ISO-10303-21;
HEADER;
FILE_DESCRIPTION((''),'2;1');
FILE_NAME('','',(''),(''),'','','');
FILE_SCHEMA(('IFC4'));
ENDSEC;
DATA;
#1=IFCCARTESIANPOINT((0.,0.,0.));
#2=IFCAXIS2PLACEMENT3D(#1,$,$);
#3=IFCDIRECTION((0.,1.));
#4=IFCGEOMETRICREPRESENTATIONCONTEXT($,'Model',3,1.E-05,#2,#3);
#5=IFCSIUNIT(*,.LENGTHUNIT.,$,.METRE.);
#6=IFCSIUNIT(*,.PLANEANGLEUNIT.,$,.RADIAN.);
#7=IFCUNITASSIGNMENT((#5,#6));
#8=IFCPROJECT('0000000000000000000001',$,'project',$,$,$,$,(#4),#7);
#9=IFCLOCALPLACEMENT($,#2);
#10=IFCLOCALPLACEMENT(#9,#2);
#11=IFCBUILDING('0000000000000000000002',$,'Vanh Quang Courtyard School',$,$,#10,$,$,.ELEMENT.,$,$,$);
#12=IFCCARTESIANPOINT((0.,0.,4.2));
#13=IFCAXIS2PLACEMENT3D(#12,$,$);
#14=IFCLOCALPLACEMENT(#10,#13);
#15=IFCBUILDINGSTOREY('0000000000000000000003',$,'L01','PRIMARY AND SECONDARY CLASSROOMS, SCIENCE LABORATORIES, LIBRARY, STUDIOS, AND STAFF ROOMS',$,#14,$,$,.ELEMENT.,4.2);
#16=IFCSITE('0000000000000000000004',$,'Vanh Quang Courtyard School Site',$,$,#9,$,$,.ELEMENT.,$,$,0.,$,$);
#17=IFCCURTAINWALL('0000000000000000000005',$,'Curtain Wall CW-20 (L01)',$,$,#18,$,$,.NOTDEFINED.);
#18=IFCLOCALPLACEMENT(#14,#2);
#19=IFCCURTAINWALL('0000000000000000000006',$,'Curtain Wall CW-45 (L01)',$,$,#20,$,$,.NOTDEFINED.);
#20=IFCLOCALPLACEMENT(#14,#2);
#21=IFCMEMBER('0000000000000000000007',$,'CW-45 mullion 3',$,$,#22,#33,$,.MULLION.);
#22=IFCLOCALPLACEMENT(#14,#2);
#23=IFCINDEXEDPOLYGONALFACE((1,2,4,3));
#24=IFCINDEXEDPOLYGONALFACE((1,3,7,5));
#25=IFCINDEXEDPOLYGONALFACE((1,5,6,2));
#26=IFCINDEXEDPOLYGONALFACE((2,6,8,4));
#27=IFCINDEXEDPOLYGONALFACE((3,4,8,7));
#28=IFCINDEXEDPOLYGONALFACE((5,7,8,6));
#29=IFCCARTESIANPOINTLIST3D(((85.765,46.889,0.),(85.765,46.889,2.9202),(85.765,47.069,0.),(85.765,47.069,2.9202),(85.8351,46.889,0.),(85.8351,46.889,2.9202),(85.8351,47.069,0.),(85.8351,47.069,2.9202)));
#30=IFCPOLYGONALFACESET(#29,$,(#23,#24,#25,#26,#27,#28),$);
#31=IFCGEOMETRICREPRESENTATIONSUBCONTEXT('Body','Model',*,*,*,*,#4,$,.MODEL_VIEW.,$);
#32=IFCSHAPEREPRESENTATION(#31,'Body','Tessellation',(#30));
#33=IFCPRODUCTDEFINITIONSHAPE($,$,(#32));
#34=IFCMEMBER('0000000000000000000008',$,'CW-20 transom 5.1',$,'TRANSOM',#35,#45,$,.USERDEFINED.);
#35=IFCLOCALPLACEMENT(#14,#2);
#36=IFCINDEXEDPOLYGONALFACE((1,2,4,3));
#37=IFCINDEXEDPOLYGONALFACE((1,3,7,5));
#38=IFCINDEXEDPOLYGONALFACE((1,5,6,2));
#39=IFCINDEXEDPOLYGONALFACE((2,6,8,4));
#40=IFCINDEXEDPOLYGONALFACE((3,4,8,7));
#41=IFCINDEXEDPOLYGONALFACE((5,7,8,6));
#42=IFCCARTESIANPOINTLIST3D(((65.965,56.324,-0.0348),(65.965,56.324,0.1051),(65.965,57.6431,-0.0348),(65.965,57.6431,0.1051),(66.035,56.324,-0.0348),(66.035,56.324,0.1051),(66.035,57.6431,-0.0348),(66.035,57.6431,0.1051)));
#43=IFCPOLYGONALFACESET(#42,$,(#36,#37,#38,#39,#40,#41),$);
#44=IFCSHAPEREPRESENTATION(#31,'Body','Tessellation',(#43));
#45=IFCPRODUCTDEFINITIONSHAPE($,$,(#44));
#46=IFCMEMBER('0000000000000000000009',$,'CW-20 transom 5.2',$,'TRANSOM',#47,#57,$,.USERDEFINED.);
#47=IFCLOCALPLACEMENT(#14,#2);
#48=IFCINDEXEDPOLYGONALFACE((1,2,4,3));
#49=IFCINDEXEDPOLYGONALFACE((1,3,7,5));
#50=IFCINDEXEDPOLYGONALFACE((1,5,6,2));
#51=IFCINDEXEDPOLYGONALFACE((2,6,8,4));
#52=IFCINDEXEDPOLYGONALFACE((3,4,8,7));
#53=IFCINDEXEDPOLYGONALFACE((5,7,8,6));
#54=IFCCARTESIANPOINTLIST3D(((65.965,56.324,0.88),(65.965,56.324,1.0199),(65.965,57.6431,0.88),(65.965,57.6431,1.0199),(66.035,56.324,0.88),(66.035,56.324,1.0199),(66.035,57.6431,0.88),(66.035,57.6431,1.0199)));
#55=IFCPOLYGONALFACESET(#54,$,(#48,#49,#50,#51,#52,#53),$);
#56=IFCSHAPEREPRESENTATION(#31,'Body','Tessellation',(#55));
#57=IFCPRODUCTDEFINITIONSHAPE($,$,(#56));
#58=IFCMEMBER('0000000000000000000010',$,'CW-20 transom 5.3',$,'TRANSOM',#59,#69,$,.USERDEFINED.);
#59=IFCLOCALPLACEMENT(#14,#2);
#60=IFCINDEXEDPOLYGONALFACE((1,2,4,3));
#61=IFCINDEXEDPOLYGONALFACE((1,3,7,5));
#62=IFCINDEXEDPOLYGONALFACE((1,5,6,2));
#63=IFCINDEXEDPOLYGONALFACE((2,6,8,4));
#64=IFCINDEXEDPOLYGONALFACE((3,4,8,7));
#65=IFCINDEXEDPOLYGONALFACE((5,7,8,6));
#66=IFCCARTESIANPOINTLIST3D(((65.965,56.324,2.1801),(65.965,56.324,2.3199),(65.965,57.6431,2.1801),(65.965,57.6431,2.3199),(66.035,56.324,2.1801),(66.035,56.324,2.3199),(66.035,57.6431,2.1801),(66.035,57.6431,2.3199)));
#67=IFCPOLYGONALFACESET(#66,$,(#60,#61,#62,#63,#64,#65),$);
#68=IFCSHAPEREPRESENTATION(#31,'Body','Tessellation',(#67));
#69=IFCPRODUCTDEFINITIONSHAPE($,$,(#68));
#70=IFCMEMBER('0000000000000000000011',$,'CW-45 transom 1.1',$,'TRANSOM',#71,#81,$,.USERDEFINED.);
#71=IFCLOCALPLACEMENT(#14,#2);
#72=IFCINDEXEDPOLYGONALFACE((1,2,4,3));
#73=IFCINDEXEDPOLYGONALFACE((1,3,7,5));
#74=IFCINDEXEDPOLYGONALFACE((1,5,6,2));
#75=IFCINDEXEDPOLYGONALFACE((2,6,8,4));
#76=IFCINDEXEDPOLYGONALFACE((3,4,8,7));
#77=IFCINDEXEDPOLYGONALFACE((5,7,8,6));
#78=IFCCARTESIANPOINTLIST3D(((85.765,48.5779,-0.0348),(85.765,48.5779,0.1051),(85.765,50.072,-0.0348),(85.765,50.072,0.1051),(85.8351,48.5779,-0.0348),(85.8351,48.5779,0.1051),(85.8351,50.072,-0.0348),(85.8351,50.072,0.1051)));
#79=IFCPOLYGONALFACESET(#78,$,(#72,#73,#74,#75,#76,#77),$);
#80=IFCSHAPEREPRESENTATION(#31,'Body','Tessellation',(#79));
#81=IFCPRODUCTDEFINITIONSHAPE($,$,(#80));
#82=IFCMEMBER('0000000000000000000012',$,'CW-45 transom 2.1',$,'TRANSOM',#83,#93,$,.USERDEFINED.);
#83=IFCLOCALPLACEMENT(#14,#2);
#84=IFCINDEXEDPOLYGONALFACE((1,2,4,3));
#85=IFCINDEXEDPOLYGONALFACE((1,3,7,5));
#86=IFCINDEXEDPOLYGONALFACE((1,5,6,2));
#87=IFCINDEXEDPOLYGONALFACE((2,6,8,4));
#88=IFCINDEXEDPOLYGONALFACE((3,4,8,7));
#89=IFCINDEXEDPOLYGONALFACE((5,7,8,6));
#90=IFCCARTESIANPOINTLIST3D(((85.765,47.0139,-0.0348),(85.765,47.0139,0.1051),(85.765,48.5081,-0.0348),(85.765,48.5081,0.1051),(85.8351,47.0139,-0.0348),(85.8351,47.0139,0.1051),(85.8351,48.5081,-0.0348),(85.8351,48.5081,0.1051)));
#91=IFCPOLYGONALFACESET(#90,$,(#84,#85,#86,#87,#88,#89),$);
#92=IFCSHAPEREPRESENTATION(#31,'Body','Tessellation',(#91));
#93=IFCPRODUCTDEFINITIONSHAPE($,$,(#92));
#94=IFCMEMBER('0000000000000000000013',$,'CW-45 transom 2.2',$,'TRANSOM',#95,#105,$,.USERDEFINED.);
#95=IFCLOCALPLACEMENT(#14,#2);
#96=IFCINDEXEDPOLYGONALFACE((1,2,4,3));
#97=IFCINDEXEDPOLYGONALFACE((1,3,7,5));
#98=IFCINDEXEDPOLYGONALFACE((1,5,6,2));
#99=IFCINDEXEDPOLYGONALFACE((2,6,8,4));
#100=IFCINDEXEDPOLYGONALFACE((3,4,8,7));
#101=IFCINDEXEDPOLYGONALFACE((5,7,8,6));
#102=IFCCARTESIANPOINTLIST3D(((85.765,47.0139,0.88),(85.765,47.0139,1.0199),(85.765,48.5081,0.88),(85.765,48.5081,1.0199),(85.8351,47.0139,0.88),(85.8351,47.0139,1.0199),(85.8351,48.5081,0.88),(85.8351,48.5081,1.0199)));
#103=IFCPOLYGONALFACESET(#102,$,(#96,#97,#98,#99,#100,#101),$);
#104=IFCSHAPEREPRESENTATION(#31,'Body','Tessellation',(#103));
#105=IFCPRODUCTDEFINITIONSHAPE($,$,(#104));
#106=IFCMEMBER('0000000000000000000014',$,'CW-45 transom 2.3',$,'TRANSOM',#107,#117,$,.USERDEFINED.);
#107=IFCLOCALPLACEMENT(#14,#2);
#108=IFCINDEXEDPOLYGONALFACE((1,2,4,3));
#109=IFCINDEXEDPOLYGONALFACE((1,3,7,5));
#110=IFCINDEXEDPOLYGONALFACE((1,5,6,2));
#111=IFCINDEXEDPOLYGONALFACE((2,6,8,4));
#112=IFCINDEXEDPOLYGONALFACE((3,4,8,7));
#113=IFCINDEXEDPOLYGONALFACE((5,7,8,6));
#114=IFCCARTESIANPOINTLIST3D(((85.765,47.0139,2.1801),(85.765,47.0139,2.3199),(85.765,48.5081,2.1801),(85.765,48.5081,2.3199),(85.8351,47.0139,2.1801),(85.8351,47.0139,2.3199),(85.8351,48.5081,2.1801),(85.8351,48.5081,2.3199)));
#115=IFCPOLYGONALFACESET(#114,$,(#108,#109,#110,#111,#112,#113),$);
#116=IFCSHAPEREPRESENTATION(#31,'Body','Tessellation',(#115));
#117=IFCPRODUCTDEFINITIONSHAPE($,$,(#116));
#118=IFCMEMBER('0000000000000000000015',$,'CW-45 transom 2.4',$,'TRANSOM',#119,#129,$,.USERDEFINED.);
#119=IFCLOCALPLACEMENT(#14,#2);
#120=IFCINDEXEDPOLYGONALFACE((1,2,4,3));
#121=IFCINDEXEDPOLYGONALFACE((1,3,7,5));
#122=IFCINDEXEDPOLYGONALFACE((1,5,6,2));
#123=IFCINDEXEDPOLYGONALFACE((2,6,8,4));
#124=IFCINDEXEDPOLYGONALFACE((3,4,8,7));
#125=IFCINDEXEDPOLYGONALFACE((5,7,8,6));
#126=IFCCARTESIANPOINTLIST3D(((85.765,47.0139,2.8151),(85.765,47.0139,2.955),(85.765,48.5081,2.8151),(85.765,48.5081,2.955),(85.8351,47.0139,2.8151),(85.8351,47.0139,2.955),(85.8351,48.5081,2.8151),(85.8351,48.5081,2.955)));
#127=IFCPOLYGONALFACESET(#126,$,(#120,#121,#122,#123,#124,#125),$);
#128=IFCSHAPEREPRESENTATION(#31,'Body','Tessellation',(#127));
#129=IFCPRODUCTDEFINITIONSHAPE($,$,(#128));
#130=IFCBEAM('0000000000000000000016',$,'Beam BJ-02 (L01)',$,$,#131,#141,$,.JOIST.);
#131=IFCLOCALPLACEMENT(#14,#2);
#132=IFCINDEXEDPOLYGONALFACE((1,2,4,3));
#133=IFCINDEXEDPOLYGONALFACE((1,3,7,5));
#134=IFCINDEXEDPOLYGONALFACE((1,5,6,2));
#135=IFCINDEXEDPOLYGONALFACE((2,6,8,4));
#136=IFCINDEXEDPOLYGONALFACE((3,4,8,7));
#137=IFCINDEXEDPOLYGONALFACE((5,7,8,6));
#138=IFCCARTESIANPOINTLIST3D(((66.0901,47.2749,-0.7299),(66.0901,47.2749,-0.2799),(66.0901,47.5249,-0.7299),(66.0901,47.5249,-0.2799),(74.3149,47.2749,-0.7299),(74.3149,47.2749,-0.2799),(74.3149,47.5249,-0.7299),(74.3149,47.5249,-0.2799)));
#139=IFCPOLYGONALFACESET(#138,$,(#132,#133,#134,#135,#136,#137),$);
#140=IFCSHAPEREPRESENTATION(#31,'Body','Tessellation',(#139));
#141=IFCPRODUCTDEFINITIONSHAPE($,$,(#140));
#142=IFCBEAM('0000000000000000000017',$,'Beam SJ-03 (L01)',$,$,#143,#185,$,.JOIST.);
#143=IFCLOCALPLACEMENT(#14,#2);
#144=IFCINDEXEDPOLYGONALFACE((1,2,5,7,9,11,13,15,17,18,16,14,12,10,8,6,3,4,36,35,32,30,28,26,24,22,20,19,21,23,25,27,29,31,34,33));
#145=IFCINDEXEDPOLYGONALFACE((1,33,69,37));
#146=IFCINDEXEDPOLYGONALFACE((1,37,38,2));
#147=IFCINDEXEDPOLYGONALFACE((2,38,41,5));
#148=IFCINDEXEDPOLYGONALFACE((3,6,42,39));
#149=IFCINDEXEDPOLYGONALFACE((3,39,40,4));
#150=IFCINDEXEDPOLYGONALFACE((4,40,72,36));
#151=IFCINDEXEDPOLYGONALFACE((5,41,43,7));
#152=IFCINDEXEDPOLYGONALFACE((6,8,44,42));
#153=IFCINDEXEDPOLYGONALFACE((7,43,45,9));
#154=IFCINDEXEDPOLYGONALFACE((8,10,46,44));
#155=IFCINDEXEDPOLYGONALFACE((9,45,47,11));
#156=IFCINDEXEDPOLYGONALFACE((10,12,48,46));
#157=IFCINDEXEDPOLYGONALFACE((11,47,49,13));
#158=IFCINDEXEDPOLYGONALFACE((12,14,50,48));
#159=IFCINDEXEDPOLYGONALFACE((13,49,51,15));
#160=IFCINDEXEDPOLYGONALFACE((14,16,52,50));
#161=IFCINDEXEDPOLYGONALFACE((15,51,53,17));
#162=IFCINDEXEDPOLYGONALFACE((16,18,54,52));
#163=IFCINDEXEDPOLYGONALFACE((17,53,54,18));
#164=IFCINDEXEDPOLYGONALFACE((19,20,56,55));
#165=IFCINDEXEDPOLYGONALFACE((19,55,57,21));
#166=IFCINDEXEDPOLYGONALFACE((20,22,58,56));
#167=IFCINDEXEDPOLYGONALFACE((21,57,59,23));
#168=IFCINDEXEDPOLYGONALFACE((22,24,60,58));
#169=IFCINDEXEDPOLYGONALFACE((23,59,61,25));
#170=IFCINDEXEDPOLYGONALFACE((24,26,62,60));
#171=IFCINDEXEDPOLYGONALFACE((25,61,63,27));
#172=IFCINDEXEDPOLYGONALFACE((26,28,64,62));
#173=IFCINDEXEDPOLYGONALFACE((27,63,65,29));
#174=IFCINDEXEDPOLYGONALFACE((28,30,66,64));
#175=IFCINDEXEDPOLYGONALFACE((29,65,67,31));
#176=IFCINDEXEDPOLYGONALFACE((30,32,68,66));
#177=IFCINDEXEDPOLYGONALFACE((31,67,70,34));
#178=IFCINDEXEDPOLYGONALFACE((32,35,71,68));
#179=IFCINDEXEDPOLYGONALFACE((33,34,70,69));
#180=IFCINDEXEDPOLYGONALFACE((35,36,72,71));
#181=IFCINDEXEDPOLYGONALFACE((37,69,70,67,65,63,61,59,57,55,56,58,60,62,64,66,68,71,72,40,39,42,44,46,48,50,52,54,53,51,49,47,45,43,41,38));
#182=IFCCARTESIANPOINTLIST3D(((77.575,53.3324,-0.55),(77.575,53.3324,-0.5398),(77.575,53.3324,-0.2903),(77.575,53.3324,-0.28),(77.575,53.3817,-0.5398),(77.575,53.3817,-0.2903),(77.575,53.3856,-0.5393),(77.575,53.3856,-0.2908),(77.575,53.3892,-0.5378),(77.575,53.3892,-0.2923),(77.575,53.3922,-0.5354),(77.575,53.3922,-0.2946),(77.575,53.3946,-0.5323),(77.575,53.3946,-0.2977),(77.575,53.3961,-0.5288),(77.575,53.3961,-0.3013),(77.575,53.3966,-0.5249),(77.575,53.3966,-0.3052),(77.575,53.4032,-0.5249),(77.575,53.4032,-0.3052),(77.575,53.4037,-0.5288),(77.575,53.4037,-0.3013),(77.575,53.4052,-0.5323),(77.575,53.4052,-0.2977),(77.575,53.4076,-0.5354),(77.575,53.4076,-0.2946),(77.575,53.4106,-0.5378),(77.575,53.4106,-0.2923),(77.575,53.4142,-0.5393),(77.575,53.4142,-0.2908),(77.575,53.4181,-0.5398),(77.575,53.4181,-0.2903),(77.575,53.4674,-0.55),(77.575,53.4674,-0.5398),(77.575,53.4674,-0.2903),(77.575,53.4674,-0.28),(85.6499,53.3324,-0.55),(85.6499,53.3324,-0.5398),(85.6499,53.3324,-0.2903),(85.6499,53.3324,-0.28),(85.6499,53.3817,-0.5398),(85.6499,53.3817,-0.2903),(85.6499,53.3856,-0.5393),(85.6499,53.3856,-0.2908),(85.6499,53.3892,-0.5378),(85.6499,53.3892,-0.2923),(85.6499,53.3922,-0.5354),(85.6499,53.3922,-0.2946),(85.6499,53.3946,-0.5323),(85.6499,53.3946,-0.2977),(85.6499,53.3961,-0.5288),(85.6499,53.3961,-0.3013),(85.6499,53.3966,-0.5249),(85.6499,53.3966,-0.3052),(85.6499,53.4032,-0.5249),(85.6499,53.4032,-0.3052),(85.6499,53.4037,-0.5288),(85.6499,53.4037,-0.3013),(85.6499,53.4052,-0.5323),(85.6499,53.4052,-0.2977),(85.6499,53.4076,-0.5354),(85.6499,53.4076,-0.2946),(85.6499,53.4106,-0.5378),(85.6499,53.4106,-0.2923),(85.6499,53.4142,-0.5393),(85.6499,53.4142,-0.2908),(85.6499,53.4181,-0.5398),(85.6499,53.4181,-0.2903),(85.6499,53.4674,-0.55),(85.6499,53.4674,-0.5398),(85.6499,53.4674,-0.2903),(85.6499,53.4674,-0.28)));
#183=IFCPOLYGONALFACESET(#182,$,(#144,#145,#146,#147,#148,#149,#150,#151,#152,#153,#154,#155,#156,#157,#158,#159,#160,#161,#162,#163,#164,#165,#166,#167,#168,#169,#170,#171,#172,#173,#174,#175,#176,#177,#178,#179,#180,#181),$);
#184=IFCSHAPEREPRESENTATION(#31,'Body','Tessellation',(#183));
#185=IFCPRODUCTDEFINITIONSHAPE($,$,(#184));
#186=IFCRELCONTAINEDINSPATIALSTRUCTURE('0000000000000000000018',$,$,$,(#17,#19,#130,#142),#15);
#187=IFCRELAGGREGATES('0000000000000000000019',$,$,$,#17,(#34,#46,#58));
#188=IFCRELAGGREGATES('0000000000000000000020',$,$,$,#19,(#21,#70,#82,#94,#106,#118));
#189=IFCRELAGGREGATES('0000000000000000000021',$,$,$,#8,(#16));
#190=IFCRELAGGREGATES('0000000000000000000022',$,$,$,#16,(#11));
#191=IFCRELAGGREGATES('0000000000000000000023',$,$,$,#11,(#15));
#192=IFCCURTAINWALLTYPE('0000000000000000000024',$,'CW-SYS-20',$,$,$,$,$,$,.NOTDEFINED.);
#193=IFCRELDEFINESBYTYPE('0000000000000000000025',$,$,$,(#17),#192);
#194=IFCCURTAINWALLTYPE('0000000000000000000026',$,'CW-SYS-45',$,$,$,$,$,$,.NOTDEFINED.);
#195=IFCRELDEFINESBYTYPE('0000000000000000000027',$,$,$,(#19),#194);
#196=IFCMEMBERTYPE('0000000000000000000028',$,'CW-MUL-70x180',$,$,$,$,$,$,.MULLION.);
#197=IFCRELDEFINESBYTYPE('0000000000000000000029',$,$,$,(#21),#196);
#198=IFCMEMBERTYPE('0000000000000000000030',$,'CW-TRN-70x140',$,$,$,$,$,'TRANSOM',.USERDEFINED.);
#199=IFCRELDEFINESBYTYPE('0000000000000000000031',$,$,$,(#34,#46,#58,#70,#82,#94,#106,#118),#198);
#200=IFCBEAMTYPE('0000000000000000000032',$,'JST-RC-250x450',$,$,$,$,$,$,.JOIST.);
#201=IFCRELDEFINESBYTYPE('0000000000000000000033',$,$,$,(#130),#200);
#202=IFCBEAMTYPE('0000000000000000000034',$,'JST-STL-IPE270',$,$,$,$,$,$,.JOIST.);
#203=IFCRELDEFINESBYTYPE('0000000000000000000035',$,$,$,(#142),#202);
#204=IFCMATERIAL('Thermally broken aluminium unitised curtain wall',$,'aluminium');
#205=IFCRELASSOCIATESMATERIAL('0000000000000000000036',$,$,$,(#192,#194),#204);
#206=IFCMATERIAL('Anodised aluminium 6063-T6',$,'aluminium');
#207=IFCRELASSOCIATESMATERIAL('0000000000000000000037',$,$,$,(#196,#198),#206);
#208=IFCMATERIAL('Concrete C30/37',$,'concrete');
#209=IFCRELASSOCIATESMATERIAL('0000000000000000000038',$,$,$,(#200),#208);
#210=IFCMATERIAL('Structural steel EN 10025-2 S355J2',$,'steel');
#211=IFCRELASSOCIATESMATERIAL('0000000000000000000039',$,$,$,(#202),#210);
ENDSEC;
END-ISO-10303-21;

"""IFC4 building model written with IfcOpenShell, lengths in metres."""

from ifc_helpers import new_model, si_unit, direction, frame, origin, origin_2d, place, context, subcontext, project, spatial, rectangle, i_section, extrude, material, material_profile, profile_set, type_object, element, aggregate, save


model = new_model("IFC4")

# Units and contexts
model_context = context("Model", 3, precision=1e-05, world=origin(), true_north=direction((0.0, 1.0)))
body_context = subcontext(model_context, "Body", "Model", "MODEL_VIEW")
ifc_project = project(units=[si_unit("LENGTHUNIT", "METRE"), si_unit("PLANEANGLEUNIT", "RADIAN")], contexts=[model_context])

# Site, building, storey
site_placement = place(None, origin())
site = spatial("IfcSite", under=ifc_project, at=site_placement, Name="Vanh Quang Courtyard School Site", CompositionType="ELEMENT", RefElevation=0.0)
building_placement = place(site_placement, origin())
building = spatial("IfcBuilding", under=site, at=building_placement, Name="Vanh Quang Courtyard School", CompositionType="ELEMENT")
storey_placement = place(building_placement, frame((0.0, 0.0, 4.2)))
storey = spatial("IfcBuildingStorey", under=building, at=storey_placement, Name="L01", Description="PRIMARY AND SECONDARY CLASSROOMS, SCIENCE LABORATORIES, LIBRARY, STUDIOS, AND STAFF ROOMS", CompositionType="ELEMENT", Elevation=4.2)

# Shared definitions
ifc_material_1 = material(Name="Structural steel EN 10025-2 S355J2", Category="steel")

# Curtain wall
ifc_material_2 = material(Name="Thermally broken aluminium unitised curtain wall", Category="aluminium")
curtain_wall_type_1 = type_object("IfcCurtainWallType", Name="CW-SYS-20", PredefinedType="NOTDEFINED", material=ifc_material_2)
curtain_wall_1_placement = place(storey_placement, origin())
curtain_wall_1 = element("IfcCurtainWall", 1, at=curtain_wall_1_placement, inside=storey, type_object=curtain_wall_type_1, Name="Curtain Wall CW-20 (L01)", PredefinedType="NOTDEFINED")
ifc_material_3 = material(Name="Anodised aluminium 6063-T6", Category="aluminium")
ifc_material_profile_1 = material_profile(ifc_material_3, rectangle(XDim=0.0701, YDim=0.1799, at=origin_2d()), Name="ALU-MUL 70x180")
ifc_profile_set_1 = profile_set([ifc_material_profile_1], Name="Anodised aluminium 6063-T6")
member_type_1 = type_object("IfcMemberType", Name="CW-MUL-70x180", PredefinedType="MULLION", material=ifc_profile_set_1)

# Curtain wall, member
curtain_wall_type_2 = type_object("IfcCurtainWallType", Name="CW-SYS-45", PredefinedType="NOTDEFINED", material=ifc_material_2)
curtain_wall_2_placement = place(storey_placement, origin())
curtain_wall_2 = element("IfcCurtainWall", 2, at=curtain_wall_2_placement, inside=storey, type_object=curtain_wall_type_2, Name="Curtain Wall CW-45 (L01)", PredefinedType="NOTDEFINED")
member_1_placement = place(storey_placement, frame((85.8, 46.979, 0.0), z_axis=(0.0, 0.0, 1.0), x_axis=(1.0, 0.0, 0.0)))
member_1 = element("IfcMember", 3, at=member_1_placement, type_object=member_type_1, Name="CW-45 mullion 3", PredefinedType="MULLION", context=body_context, shape_type="SweptSolid", body=[
    extrude(rectangle(XDim=0.0701, YDim=0.1799, at=origin_2d()), origin(), (0.0, 0.0, 1.0), 2.9202),
])

# Members
ifc_material_profile_2 = material_profile(ifc_material_3, rectangle(XDim=0.0701, YDim=0.1399, at=origin_2d()), Name="ALU-TRN 70x140")
ifc_profile_set_2 = profile_set([ifc_material_profile_2], Name="Anodised aluminium 6063-T6")
member_type_2 = type_object("IfcMemberType", Name="CW-TRN-70x140", ElementType="TRANSOM", PredefinedType="USERDEFINED", material=ifc_profile_set_2)
member_2_placement = place(storey_placement, frame((66.0, 56.324, 0.0352), z_axis=(0.0, 1.0, 0.0), x_axis=(-1.0, 0.0, 0.0)))
member_2 = element("IfcMember", 4, at=member_2_placement, type_object=member_type_2, Name="CW-20 transom 5.1", ObjectType="TRANSOM", PredefinedType="USERDEFINED", context=body_context, shape_type="SweptSolid", body=[
    extrude(rectangle(XDim=0.0701, YDim=0.1399, at=origin_2d()), origin(), (0.0, 0.0, 1.0), 1.3191),
])
member_3_placement = place(storey_placement, frame((66.0, 56.324, 0.95), z_axis=(0.0, 1.0, 0.0), x_axis=(-1.0, 0.0, 0.0)))
member_3 = element("IfcMember", 5, at=member_3_placement, type_object=member_type_2, Name="CW-20 transom 5.2", ObjectType="TRANSOM", PredefinedType="USERDEFINED", context=body_context, shape_type="SweptSolid", body=[
    extrude(rectangle(XDim=0.0701, YDim=0.1399, at=origin_2d()), origin(), (0.0, 0.0, 1.0), 1.3191),
])
member_4_placement = place(storey_placement, frame((66.0, 56.324, 2.25), z_axis=(0.0, 1.0, 0.0), x_axis=(-1.0, 0.0, 0.0)))
member_4 = element("IfcMember", 6, at=member_4_placement, type_object=member_type_2, Name="CW-20 transom 5.3", ObjectType="TRANSOM", PredefinedType="USERDEFINED", context=body_context, shape_type="SweptSolid", body=[
    extrude(rectangle(XDim=0.0701, YDim=0.1399, at=origin_2d()), origin(), (0.0, 0.0, 1.0), 1.3191),
])
aggregate(curtain_wall_1, [member_2, member_3, member_4])
member_5_placement = place(storey_placement, frame((85.8, 50.072, 0.0352), z_axis=(0.0, -1.0, 0.0), x_axis=(1.0, 0.0, 0.0)))
member_5 = element("IfcMember", 7, at=member_5_placement, type_object=member_type_2, Name="CW-45 transom 1.1", ObjectType="TRANSOM", PredefinedType="USERDEFINED", context=body_context, shape_type="SweptSolid", body=[
    extrude(rectangle(XDim=0.0701, YDim=0.1399, at=origin_2d()), origin(), (0.0, 0.0, 1.0), 1.4941),
])
member_6_placement = place(storey_placement, frame((85.8, 48.5081, 0.0352), z_axis=(0.0, -1.0, 0.0), x_axis=(1.0, 0.0, 0.0)))
member_6 = element("IfcMember", 8, at=member_6_placement, type_object=member_type_2, Name="CW-45 transom 2.1", ObjectType="TRANSOM", PredefinedType="USERDEFINED", context=body_context, shape_type="SweptSolid", body=[
    extrude(rectangle(XDim=0.0701, YDim=0.1399, at=origin_2d()), origin(), (0.0, 0.0, 1.0), 1.4941),
])
member_7_placement = place(storey_placement, frame((85.8, 48.5081, 0.95), z_axis=(0.0, -1.0, 0.0), x_axis=(1.0, 0.0, 0.0)))
member_7 = element("IfcMember", 9, at=member_7_placement, type_object=member_type_2, Name="CW-45 transom 2.2", ObjectType="TRANSOM", PredefinedType="USERDEFINED", context=body_context, shape_type="SweptSolid", body=[
    extrude(rectangle(XDim=0.0701, YDim=0.1399, at=origin_2d()), origin(), (0.0, 0.0, 1.0), 1.4941),
])
member_8_placement = place(storey_placement, frame((85.8, 48.5081, 2.25), z_axis=(0.0, -1.0, 0.0), x_axis=(1.0, 0.0, 0.0)))
member_8 = element("IfcMember", 10, at=member_8_placement, type_object=member_type_2, Name="CW-45 transom 2.3", ObjectType="TRANSOM", PredefinedType="USERDEFINED", context=body_context, shape_type="SweptSolid", body=[
    extrude(rectangle(XDim=0.0701, YDim=0.1399, at=origin_2d()), origin(), (0.0, 0.0, 1.0), 1.4941),
])
member_9_placement = place(storey_placement, frame((85.8, 48.5081, 2.885), z_axis=(0.0, -1.0, 0.0), x_axis=(1.0, 0.0, 0.0)))
member_9 = element("IfcMember", 11, at=member_9_placement, type_object=member_type_2, Name="CW-45 transom 2.4", ObjectType="TRANSOM", PredefinedType="USERDEFINED", context=body_context, shape_type="SweptSolid", body=[
    extrude(rectangle(XDim=0.0701, YDim=0.1399, at=origin_2d()), origin(), (0.0, 0.0, 1.0), 1.4941),
])

# Beams
ifc_material_4 = material(Name="Concrete C30/37", Category="concrete")
ifc_material_profile_3 = material_profile(ifc_material_4, rectangle(XDim=0.25, YDim=0.45, at=origin_2d()), Name="RC-JST 250x450")
ifc_profile_set_3 = profile_set([ifc_material_profile_3], Name="Concrete C30/37")
beam_type_1 = type_object("IfcBeamType", Name="JST-RC-250x450", PredefinedType="JOIST", material=ifc_profile_set_3)
beam_1_placement = place(storey_placement, frame((66.0901, 47.3999, -0.5049), z_axis=(1.0, 0.0, 0.0), x_axis=(0.0, 1.0, 0.0)))
element("IfcBeam", 12, at=beam_1_placement, inside=storey, type_object=beam_type_1, Name="Beam BJ-02 (L01)", PredefinedType="JOIST", context=body_context, shape_type="SweptSolid", body=[
    extrude(rectangle(XDim=0.25, YDim=0.45, at=origin_2d()), origin(), (0.0, 0.0, 1.0), 8.2249),
])
ifc_material_profile_4 = material_profile(ifc_material_1, i_section(OverallWidth=0.135, OverallDepth=0.27, WebThickness=0.0066, FlangeThickness=0.0103, FilletRadius=0.0149, at=origin_2d()), Name="IPE 270")
ifc_profile_set_4 = profile_set([ifc_material_profile_4], Name="Structural steel EN 10025-2 S355J2")
beam_type_2 = type_object("IfcBeamType", Name="JST-STL-IPE270", PredefinedType="JOIST", material=ifc_profile_set_4)
beam_2_placement = place(storey_placement, frame((77.575, 53.3999, -0.415), z_axis=(1.0, 0.0, 0.0), x_axis=(0.0, 1.0, 0.0)))
element("IfcBeam", 13, at=beam_2_placement, inside=storey, type_object=beam_type_2, Name="Beam SJ-03 (L01)", PredefinedType="JOIST", context=body_context, shape_type="SweptSolid", body=[
    extrude(i_section(OverallWidth=0.135, OverallDepth=0.27, WebThickness=0.0066, FlangeThickness=0.0103, FilletRadius=0.0149, at=origin_2d()), origin(), (0.0, 0.0, 1.0), 8.075),
])

aggregate(curtain_wall_2, [member_1, member_5, member_6, member_7, member_8, member_9])

save(model, "model.ifc")
